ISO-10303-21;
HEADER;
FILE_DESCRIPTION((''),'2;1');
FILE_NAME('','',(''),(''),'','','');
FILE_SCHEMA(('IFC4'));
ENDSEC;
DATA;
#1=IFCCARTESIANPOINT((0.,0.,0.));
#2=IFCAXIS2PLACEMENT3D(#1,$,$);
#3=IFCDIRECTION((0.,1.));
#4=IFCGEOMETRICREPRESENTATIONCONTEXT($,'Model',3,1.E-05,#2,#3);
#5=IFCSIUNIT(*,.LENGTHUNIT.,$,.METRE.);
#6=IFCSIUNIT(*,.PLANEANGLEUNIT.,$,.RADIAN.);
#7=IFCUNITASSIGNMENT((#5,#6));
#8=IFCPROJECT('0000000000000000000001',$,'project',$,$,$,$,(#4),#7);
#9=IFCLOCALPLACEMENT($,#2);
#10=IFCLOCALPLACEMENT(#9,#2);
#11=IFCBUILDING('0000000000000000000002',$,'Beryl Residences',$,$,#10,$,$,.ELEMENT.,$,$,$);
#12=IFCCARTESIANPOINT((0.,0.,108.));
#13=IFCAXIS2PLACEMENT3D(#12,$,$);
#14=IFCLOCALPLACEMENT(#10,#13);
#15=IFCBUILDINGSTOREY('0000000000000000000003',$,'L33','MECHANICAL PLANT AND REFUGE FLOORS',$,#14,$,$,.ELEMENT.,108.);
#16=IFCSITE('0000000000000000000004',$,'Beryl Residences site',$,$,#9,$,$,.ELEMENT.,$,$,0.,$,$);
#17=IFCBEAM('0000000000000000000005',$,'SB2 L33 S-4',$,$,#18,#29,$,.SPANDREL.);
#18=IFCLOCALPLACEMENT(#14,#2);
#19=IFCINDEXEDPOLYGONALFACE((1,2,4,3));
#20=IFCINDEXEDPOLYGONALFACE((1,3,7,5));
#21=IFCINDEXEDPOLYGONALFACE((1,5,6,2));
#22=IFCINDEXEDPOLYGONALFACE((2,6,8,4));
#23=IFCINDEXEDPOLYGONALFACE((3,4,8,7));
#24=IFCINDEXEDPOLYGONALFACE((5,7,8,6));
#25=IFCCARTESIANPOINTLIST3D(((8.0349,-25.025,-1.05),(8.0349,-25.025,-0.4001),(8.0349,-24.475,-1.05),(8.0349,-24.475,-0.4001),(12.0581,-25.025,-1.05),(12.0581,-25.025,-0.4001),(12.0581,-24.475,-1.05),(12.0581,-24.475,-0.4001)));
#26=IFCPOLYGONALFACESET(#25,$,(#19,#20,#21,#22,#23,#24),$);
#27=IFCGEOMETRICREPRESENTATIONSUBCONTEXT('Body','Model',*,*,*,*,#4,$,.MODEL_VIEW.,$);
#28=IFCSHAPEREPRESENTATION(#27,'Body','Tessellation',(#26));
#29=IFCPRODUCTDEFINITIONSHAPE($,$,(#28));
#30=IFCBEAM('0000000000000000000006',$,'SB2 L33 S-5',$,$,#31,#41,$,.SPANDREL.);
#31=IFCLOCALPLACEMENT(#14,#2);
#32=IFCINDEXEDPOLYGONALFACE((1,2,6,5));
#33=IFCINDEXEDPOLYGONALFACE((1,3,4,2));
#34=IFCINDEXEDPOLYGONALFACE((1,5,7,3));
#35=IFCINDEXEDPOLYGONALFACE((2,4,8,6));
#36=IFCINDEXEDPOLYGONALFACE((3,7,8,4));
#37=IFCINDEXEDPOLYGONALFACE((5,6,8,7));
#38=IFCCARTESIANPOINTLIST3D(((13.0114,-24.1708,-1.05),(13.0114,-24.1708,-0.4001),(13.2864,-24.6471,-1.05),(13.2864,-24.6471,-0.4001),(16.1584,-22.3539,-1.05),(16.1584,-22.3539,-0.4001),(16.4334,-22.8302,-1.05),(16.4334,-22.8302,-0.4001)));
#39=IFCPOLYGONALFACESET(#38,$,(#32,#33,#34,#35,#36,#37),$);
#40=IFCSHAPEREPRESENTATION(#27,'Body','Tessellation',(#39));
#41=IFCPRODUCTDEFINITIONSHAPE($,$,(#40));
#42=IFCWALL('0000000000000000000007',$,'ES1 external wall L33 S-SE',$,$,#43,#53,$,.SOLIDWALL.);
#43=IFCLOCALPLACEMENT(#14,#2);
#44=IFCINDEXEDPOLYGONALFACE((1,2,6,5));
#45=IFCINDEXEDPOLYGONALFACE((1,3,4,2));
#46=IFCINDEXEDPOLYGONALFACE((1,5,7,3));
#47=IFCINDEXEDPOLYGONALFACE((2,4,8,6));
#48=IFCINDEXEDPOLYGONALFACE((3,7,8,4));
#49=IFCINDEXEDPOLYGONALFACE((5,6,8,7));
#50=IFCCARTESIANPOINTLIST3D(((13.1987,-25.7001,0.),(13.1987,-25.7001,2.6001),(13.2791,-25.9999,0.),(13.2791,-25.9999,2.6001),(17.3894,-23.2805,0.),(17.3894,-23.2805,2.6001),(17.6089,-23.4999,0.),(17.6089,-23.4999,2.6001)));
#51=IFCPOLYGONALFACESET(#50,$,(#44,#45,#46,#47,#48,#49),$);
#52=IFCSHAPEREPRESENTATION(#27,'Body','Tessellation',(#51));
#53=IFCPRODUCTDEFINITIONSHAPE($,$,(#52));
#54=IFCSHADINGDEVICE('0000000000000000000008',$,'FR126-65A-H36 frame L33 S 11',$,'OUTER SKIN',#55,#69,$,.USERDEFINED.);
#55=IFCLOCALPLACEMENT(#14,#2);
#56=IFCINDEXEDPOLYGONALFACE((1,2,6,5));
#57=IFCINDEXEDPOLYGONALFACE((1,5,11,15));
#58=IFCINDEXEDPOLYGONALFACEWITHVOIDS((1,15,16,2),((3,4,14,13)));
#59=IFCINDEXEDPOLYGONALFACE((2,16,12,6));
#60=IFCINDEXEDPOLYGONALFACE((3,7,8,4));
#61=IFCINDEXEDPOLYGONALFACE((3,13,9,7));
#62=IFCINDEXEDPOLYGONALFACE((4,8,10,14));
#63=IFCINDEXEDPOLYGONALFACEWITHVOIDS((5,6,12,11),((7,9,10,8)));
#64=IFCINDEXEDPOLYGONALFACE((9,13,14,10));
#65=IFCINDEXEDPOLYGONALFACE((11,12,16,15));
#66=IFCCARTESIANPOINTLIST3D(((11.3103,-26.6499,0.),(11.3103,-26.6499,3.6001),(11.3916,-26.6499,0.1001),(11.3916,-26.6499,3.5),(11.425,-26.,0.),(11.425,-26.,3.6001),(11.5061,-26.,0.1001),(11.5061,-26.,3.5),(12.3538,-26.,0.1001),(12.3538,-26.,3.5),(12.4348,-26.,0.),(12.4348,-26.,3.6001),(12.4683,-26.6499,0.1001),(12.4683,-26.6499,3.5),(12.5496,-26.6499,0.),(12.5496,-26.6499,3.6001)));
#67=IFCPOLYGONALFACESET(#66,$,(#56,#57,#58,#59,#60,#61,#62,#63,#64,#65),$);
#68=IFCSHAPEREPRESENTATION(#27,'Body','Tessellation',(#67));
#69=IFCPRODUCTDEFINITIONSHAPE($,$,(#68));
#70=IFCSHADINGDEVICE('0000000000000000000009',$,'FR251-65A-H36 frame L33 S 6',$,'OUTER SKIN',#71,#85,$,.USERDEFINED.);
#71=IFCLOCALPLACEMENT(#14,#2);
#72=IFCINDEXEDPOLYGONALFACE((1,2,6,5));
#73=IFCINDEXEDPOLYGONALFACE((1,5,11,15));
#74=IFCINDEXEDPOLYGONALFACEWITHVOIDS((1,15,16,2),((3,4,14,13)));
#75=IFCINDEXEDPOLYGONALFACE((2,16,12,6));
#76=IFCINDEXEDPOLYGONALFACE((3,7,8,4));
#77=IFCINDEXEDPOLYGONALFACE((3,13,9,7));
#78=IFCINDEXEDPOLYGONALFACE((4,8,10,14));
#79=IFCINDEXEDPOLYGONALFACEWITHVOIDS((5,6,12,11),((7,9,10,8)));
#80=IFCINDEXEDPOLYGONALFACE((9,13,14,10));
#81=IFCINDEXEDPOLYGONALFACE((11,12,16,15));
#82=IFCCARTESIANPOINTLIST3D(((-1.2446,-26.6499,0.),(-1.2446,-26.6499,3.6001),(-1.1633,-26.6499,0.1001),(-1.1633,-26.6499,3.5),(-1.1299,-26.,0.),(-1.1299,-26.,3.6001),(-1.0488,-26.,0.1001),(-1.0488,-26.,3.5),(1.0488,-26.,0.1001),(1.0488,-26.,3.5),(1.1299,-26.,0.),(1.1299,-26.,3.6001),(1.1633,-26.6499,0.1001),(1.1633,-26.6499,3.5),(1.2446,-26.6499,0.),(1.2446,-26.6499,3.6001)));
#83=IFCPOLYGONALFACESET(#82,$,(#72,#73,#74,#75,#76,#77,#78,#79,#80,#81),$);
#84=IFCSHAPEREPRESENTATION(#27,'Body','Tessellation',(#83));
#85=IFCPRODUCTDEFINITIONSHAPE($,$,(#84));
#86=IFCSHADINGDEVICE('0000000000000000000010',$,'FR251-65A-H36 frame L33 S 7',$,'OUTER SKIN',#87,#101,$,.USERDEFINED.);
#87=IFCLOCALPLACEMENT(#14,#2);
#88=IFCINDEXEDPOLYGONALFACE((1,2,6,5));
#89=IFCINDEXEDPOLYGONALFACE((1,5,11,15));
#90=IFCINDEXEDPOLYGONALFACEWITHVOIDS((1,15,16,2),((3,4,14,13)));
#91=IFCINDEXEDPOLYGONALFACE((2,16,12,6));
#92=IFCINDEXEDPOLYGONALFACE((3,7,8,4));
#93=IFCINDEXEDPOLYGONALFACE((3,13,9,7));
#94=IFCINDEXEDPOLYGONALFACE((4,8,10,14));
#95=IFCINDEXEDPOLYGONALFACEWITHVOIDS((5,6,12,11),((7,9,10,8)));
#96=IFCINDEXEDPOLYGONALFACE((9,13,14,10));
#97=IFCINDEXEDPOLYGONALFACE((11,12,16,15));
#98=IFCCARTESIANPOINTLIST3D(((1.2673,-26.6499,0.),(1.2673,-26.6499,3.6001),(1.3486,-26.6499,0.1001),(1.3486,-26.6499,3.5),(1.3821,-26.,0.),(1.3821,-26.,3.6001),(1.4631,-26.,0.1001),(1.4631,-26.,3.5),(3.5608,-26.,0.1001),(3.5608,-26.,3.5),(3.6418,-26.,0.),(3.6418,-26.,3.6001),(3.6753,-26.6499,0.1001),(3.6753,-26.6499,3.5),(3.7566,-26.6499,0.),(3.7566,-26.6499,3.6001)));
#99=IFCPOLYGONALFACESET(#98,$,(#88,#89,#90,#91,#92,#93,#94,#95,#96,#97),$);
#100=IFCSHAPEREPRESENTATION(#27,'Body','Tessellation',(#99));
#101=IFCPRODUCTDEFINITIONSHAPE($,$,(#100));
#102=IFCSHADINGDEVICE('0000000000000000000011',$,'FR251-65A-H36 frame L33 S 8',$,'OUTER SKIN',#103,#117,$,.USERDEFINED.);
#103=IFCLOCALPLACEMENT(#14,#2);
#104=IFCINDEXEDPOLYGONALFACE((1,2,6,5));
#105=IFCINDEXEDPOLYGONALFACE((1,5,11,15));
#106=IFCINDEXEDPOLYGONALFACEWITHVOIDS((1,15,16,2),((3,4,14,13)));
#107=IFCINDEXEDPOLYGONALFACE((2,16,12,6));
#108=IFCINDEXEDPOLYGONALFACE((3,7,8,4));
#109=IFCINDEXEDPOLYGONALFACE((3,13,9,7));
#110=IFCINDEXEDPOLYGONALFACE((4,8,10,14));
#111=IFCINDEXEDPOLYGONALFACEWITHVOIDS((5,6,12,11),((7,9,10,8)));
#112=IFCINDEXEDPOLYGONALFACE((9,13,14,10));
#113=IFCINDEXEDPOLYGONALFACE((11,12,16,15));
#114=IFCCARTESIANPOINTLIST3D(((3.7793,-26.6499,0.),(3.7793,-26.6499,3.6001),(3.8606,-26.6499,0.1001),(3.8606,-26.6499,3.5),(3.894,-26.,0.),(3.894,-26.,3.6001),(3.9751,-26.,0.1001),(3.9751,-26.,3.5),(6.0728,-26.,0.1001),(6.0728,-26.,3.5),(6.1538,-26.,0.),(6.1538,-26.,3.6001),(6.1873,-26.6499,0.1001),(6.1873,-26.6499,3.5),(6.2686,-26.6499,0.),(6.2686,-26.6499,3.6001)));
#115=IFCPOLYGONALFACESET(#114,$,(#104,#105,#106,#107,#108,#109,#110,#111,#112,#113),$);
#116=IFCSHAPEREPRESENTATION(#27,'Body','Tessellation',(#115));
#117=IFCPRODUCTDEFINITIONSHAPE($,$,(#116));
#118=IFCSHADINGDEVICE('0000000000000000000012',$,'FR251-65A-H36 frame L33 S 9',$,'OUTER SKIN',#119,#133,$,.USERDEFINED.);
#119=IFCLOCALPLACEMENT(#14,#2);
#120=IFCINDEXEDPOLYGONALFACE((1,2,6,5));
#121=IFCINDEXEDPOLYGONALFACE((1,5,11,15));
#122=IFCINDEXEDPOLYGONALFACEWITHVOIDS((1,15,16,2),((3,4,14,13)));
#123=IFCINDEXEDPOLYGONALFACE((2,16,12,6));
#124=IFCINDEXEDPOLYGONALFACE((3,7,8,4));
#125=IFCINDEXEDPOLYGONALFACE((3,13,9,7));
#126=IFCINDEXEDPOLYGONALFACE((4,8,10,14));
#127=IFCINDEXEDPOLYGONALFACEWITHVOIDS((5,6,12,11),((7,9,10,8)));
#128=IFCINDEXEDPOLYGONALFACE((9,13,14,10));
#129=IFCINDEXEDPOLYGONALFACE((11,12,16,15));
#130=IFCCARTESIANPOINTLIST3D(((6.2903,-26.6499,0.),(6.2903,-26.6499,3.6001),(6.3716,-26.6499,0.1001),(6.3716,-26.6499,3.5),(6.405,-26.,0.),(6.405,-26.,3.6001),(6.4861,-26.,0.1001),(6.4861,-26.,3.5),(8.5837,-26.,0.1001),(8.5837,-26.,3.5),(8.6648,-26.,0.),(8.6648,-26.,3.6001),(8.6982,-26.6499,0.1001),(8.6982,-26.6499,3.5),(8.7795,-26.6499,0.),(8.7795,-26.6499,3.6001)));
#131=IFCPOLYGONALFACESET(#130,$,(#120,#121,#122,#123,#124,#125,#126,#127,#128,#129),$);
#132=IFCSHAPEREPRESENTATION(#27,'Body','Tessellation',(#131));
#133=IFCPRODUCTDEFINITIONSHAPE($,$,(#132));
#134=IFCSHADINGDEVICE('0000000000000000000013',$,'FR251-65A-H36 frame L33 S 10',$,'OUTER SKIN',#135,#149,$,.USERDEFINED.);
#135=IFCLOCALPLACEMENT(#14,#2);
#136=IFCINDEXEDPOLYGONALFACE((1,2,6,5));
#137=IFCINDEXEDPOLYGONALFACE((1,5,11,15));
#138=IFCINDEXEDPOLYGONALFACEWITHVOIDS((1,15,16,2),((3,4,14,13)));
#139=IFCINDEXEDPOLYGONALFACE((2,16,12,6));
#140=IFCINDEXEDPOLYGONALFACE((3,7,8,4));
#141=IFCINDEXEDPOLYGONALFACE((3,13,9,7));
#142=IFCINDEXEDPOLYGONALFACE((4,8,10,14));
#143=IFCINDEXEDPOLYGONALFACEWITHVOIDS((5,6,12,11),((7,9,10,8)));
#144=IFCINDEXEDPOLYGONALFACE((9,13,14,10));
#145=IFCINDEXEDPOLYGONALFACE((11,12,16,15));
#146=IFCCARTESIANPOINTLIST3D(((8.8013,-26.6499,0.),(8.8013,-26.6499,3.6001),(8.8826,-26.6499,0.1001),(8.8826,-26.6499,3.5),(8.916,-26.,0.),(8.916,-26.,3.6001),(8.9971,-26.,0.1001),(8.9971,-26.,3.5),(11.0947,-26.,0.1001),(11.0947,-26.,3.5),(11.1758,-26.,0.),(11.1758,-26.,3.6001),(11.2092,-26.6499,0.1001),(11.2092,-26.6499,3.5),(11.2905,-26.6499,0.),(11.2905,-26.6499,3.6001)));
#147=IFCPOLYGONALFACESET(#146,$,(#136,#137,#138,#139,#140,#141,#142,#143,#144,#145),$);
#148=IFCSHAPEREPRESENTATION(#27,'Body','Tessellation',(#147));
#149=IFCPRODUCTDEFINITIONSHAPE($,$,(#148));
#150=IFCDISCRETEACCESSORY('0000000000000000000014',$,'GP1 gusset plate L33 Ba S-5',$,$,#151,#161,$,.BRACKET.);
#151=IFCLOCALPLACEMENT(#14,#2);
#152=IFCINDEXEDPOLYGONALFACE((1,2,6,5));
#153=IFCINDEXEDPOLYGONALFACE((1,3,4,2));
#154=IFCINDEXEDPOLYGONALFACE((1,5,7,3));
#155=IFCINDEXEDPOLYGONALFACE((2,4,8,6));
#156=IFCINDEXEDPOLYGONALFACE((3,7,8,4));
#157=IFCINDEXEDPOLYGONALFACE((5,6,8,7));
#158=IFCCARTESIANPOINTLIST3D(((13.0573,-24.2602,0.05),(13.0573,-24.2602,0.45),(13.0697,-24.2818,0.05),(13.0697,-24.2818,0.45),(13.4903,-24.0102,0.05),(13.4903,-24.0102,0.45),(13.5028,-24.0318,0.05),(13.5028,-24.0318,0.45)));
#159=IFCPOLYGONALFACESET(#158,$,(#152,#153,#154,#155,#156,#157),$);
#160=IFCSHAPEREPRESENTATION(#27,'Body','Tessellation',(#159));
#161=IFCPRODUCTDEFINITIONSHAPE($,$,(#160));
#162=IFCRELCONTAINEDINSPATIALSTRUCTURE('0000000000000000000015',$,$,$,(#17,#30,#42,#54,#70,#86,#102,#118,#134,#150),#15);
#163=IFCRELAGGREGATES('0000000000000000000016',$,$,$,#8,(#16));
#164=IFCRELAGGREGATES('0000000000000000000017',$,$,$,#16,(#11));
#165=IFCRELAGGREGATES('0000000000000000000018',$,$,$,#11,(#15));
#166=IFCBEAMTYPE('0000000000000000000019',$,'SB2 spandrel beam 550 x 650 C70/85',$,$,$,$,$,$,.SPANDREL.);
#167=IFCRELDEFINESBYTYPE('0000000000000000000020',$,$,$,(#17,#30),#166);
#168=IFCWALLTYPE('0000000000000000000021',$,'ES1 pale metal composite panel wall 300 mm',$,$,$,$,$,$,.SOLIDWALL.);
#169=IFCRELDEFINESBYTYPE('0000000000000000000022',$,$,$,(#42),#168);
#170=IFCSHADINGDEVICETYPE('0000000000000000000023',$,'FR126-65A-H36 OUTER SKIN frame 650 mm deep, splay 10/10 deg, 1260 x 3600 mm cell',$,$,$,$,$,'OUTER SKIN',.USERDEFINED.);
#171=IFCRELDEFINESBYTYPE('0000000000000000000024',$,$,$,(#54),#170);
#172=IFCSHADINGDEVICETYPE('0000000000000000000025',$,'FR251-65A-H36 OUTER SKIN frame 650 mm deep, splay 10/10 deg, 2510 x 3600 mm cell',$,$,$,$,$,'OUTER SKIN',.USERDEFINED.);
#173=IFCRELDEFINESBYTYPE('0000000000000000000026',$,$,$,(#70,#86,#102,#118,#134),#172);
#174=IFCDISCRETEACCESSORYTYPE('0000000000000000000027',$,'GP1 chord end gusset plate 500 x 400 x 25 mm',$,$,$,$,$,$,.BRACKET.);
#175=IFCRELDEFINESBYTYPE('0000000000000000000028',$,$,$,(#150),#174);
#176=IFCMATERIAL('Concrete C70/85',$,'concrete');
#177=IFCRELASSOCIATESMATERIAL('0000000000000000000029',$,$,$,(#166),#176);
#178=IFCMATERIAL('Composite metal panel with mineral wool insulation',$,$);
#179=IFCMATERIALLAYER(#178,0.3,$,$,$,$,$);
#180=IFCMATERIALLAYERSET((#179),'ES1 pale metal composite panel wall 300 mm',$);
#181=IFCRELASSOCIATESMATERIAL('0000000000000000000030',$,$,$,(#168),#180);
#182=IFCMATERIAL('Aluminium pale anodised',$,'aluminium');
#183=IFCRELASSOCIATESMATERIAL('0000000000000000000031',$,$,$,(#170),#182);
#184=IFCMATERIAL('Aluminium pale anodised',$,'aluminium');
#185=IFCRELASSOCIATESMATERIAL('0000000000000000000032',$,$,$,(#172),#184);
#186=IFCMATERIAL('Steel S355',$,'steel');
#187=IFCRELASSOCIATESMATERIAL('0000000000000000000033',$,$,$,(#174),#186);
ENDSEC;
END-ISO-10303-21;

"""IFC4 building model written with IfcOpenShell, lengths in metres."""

from ifc_helpers import new_model, entity, si_unit, direction, frame, origin, origin_2d, place, context, subcontext, project, spatial, polyline, rectangle, outline, extrude, source, transform, mapped, material, layer, layer_set, material_profile, profile_set, type_object, type_shapes, element, save


model = new_model("IFC4")

# Units and contexts
model_context = context("Model", 3, precision=1e-05, world=origin(), true_north=direction((0.0, 1.0)))
body_context = subcontext(model_context, "Body", "Model", "MODEL_VIEW")
ifc_project = project(units=[si_unit("LENGTHUNIT", "METRE"), si_unit("PLANEANGLEUNIT", "RADIAN")], contexts=[model_context])

# Site, building, storey
site_placement = place(None, origin())
site = spatial("IfcSite", under=ifc_project, at=site_placement, Name="Beryl Residences site", CompositionType="ELEMENT", RefElevation=0.0)
building_placement = place(site_placement, origin())
building = spatial("IfcBuilding", under=site, at=building_placement, Name="Beryl Residences", CompositionType="ELEMENT")
storey_placement = place(building_placement, frame((0.0, 0.0, 108.0)))
storey = spatial("IfcBuildingStorey", under=building, at=storey_placement, Name="L33", Description="MECHANICAL PLANT AND REFUGE FLOORS", CompositionType="ELEMENT", Elevation=108.0)

# Beams
ifc_material_1 = material(Name="Concrete C70/85", Category="concrete")
ifc_material_profile_1 = material_profile(ifc_material_1, rectangle(XDim=0.55, YDim=0.6499, at=origin_2d()))
ifc_profile_set_1 = profile_set([ifc_material_profile_1], Name="Concrete C70/85")
beam_type = type_object("IfcBeamType", Name="SB2 spandrel beam 550 x 650 C70/85", PredefinedType="SPANDREL", material=ifc_profile_set_1)
beam_1_placement = place(storey_placement, frame((8.0349, -24.75, -0.7251), z_axis=(1.0, 0.0, 0.0), x_axis=(0.0, 1.0, 0.0)))
element("IfcBeam", 1, at=beam_1_placement, inside=storey, type_object=beam_type, Name="SB2 L33 S-4", PredefinedType="SPANDREL", context=body_context, shape_type="SweptSolid", body=[
    extrude(rectangle(XDim=0.55, YDim=0.6499, at=origin_2d()), origin(), (0.0, 0.0, 1.0), 4.0232),
])
beam_2_placement = place(storey_placement, frame((13.1489, -24.4089, -0.7251), z_axis=(0.866027, 0.499998, 0.0), x_axis=(-0.499998, 0.866027, 0.0)))
element("IfcBeam", 2, at=beam_2_placement, inside=storey, type_object=beam_type, Name="SB2 L33 S-5", PredefinedType="SPANDREL", context=body_context, shape_type="SweptSolid", body=[
    extrude(rectangle(XDim=0.55, YDim=0.6499, at=origin_2d()), origin(), (0.0, 0.0, 1.0), 3.6338),
])

# Wall
ifc_material_2 = material(Name="Composite metal panel with mineral wool insulation")
ifc_layer = layer(ifc_material_2, 0.3)
ifc_layer_set = layer_set([ifc_layer], Name="ES1 pale metal composite panel wall 300 mm")
wall_type = type_object("IfcWallType", Name="ES1 pale metal composite panel wall 300 mm", PredefinedType="SOLIDWALL", material=ifc_layer_set)
wall_placement = place(storey_placement, frame((13.2041, -25.8701, 0.0), z_axis=(0.0, 0.0, 1.0), x_axis=(0.866011, 0.500025, 0.0)))
element("IfcWall", 3, at=wall_placement, inside=storey, type_object=wall_type, Name="ES1 external wall L33 S-SE", PredefinedType="SOLIDWALL", context=body_context, shape_type="SweptSolid", body=[
    extrude(outline(polyline([(0.0, -0.1499), (4.9998, -0.1499), (4.9194, 0.1499), (0.0803, 0.1499), (0.0, -0.1499)])), origin(), (0.0, 0.0, 1.0), 2.6001),
])

# Shading devices
ifc_material_3 = material(Name="Aluminium pale anodised", Category="aluminium")
shading_device_type_1 = type_object("IfcShadingDeviceType", Name="FR126-65A-H36 OUTER SKIN frame 650 mm deep, splay 10/10 deg, 1260 x 3600 mm cell", ElementType="OUTER SKIN", PredefinedType="USERDEFINED", material=ifc_material_3)
cartesian_point_1 = entity("IfcCartesianPoint", [-0.5049, 0.0])
cartesian_point_2 = entity("IfcCartesianPoint", [-0.4238, 0.1001])
cartesian_point_3 = entity("IfcCartesianPoint", [-0.6196, 0.0])
cartesian_point_4 = entity("IfcCartesianPoint", [-0.5383, 0.1001])
shared_shape_1 = source(origin(), body_context, "Body", "SweptSolid", [
    entity("IfcExtrudedAreaSolidTapered", entity("IfcArbitraryProfileDefWithVoids", "AREA", None, entity("IfcPolyline", [cartesian_point_1, entity("IfcCartesianPoint", [0.5049, 0.0]), entity("IfcCartesianPoint", [0.5049, 3.6001]), entity("IfcCartesianPoint", [-0.5049, 3.6001]), cartesian_point_1]), [entity("IfcPolyline", [cartesian_point_2, entity("IfcCartesianPoint", [0.4238, 0.1001]), entity("IfcCartesianPoint", [0.4238, 3.5]), entity("IfcCartesianPoint", [-0.4238, 3.5]), cartesian_point_2])]), entity("IfcAxis2Placement3D", entity("IfcCartesianPoint", [0.0, 0.0, 0.0]), entity("IfcDirection", [0.0, 1.0, 0.0]), entity("IfcDirection", [-1.0, 0.0, 0.0])), entity("IfcDirection", [0.0, 0.0, 1.0]), 0.6499, entity("IfcArbitraryProfileDefWithVoids", "AREA", None, entity("IfcPolyline", [cartesian_point_3, entity("IfcCartesianPoint", [0.6196, 0.0]), entity("IfcCartesianPoint", [0.6196, 3.6001]), entity("IfcCartesianPoint", [-0.6196, 3.6001]), cartesian_point_3]), [entity("IfcPolyline", [cartesian_point_4, entity("IfcCartesianPoint", [0.5383, 0.1001]), entity("IfcCartesianPoint", [0.5383, 3.5]), entity("IfcCartesianPoint", [-0.5383, 3.5]), cartesian_point_4])])),
])
type_shapes(shading_device_type_1, [shared_shape_1])
shading_device_placement = place(storey_placement, frame((11.9299, -26.0, 0.0), z_axis=(0.0, 0.0, 1.0), x_axis=(-1.0, 0.0, 0.0)))
element("IfcShadingDevice", 4, at=shading_device_placement, inside=storey, type_object=shading_device_type_1, Name="FR126-65A-H36 frame L33 S 11", ObjectType="OUTER SKIN", PredefinedType="USERDEFINED", context=body_context, shape_type="MappedRepresentation", body=[
    mapped(shared_shape_1, transform((0.0, 0.0, 0.0))),
])
ifc_material_4 = material(Name="Aluminium pale anodised", Category="aluminium")
shading_device_type_2 = type_object("IfcShadingDeviceType", Name="FR251-65A-H36 OUTER SKIN frame 650 mm deep, splay 10/10 deg, 2510 x 3600 mm cell", ElementType="OUTER SKIN", PredefinedType="USERDEFINED", material=ifc_material_4)
cartesian_point_5 = entity("IfcCartesianPoint", [-1.1299, 0.0])
cartesian_point_6 = entity("IfcCartesianPoint", [-1.0488, 0.1001])
cartesian_point_7 = entity("IfcCartesianPoint", [-1.2446, 0.0])
cartesian_point_8 = entity("IfcCartesianPoint", [-1.1633, 0.1001])
shared_shape_2 = source(origin(), body_context, "Body", "SweptSolid", [
    entity("IfcExtrudedAreaSolidTapered", entity("IfcArbitraryProfileDefWithVoids", "AREA", None, entity("IfcPolyline", [cartesian_point_5, entity("IfcCartesianPoint", [1.1299, 0.0]), entity("IfcCartesianPoint", [1.1299, 3.6001]), entity("IfcCartesianPoint", [-1.1299, 3.6001]), cartesian_point_5]), [entity("IfcPolyline", [cartesian_point_6, entity("IfcCartesianPoint", [1.0488, 0.1001]), entity("IfcCartesianPoint", [1.0488, 3.5]), entity("IfcCartesianPoint", [-1.0488, 3.5]), cartesian_point_6])]), entity("IfcAxis2Placement3D", entity("IfcCartesianPoint", [0.0, 0.0, 0.0]), entity("IfcDirection", [0.0, 1.0, 0.0]), entity("IfcDirection", [-1.0, 0.0, 0.0])), entity("IfcDirection", [0.0, 0.0, 1.0]), 0.6499, entity("IfcArbitraryProfileDefWithVoids", "AREA", None, entity("IfcPolyline", [cartesian_point_7, entity("IfcCartesianPoint", [1.2446, 0.0]), entity("IfcCartesianPoint", [1.2446, 3.6001]), entity("IfcCartesianPoint", [-1.2446, 3.6001]), cartesian_point_7]), [entity("IfcPolyline", [cartesian_point_8, entity("IfcCartesianPoint", [1.1633, 0.1001]), entity("IfcCartesianPoint", [1.1633, 3.5]), entity("IfcCartesianPoint", [-1.1633, 3.5]), cartesian_point_8])])),
])
type_shapes(shading_device_type_2, [shared_shape_2])
for number, where, z_axis, x_axis, name in (
    (5, (0.0, -26.0, 0.0), (0.0, 0.0, 1.0), (-1.0, 0.0, 0.0), "FR251-65A-H36 frame L33 S 6"),
    (6, (2.512, -26.0, 0.0), (0.0, 0.0, 1.0), (-1.0, 0.0, 0.0), "FR251-65A-H36 frame L33 S 7"),
    (7, (5.0239, -26.0, 0.0), (0.0, 0.0, 1.0), (-1.0, 0.0, 0.0), "FR251-65A-H36 frame L33 S 8"),
    (8, (7.5349, -26.0, 0.0), (0.0, 0.0, 1.0), (-1.0, 0.0, 0.0), "FR251-65A-H36 frame L33 S 9"),
    (9, (10.0459, -26.0, 0.0), (0.0, 0.0, 1.0), (-1.0, 0.0, 0.0), "FR251-65A-H36 frame L33 S 10"),
):
    element("IfcShadingDevice", number, at=place(storey_placement, frame(where, z_axis=z_axis, x_axis=x_axis)), inside=storey, type_object=shading_device_type_2, Name=name, ObjectType="OUTER SKIN", PredefinedType="USERDEFINED", context=body_context, shape_type="MappedRepresentation", body=[
        mapped(shared_shape_2, transform((0.0, 0.0, 0.0))),
    ])

# Discrete accessory
ifc_material_5 = material(Name="Steel S355", Category="steel")
discrete_accessory_type = type_object("IfcDiscreteAccessoryType", Name="GP1 chord end gusset plate 500 x 400 x 25 mm", PredefinedType="BRACKET", material=ifc_material_5)
discrete_accessory_placement = place(storey_placement, frame((13.28, -24.146, 0.05), z_axis=(0.0, 0.0, 1.0), x_axis=(0.866056, 0.499947, 0.0)))
element("IfcDiscreteAccessory", 10, at=discrete_accessory_placement, inside=storey, type_object=discrete_accessory_type, Name="GP1 gusset plate L33 Ba S-5", PredefinedType="BRACKET", context=body_context, shape_type="SweptSolid", body=[
    extrude(rectangle(XDim=0.5, YDim=0.0249, at=origin_2d()), origin(), (0.0, 0.0, 1.0), 0.3999),
])

save(model, "model.ifc")
